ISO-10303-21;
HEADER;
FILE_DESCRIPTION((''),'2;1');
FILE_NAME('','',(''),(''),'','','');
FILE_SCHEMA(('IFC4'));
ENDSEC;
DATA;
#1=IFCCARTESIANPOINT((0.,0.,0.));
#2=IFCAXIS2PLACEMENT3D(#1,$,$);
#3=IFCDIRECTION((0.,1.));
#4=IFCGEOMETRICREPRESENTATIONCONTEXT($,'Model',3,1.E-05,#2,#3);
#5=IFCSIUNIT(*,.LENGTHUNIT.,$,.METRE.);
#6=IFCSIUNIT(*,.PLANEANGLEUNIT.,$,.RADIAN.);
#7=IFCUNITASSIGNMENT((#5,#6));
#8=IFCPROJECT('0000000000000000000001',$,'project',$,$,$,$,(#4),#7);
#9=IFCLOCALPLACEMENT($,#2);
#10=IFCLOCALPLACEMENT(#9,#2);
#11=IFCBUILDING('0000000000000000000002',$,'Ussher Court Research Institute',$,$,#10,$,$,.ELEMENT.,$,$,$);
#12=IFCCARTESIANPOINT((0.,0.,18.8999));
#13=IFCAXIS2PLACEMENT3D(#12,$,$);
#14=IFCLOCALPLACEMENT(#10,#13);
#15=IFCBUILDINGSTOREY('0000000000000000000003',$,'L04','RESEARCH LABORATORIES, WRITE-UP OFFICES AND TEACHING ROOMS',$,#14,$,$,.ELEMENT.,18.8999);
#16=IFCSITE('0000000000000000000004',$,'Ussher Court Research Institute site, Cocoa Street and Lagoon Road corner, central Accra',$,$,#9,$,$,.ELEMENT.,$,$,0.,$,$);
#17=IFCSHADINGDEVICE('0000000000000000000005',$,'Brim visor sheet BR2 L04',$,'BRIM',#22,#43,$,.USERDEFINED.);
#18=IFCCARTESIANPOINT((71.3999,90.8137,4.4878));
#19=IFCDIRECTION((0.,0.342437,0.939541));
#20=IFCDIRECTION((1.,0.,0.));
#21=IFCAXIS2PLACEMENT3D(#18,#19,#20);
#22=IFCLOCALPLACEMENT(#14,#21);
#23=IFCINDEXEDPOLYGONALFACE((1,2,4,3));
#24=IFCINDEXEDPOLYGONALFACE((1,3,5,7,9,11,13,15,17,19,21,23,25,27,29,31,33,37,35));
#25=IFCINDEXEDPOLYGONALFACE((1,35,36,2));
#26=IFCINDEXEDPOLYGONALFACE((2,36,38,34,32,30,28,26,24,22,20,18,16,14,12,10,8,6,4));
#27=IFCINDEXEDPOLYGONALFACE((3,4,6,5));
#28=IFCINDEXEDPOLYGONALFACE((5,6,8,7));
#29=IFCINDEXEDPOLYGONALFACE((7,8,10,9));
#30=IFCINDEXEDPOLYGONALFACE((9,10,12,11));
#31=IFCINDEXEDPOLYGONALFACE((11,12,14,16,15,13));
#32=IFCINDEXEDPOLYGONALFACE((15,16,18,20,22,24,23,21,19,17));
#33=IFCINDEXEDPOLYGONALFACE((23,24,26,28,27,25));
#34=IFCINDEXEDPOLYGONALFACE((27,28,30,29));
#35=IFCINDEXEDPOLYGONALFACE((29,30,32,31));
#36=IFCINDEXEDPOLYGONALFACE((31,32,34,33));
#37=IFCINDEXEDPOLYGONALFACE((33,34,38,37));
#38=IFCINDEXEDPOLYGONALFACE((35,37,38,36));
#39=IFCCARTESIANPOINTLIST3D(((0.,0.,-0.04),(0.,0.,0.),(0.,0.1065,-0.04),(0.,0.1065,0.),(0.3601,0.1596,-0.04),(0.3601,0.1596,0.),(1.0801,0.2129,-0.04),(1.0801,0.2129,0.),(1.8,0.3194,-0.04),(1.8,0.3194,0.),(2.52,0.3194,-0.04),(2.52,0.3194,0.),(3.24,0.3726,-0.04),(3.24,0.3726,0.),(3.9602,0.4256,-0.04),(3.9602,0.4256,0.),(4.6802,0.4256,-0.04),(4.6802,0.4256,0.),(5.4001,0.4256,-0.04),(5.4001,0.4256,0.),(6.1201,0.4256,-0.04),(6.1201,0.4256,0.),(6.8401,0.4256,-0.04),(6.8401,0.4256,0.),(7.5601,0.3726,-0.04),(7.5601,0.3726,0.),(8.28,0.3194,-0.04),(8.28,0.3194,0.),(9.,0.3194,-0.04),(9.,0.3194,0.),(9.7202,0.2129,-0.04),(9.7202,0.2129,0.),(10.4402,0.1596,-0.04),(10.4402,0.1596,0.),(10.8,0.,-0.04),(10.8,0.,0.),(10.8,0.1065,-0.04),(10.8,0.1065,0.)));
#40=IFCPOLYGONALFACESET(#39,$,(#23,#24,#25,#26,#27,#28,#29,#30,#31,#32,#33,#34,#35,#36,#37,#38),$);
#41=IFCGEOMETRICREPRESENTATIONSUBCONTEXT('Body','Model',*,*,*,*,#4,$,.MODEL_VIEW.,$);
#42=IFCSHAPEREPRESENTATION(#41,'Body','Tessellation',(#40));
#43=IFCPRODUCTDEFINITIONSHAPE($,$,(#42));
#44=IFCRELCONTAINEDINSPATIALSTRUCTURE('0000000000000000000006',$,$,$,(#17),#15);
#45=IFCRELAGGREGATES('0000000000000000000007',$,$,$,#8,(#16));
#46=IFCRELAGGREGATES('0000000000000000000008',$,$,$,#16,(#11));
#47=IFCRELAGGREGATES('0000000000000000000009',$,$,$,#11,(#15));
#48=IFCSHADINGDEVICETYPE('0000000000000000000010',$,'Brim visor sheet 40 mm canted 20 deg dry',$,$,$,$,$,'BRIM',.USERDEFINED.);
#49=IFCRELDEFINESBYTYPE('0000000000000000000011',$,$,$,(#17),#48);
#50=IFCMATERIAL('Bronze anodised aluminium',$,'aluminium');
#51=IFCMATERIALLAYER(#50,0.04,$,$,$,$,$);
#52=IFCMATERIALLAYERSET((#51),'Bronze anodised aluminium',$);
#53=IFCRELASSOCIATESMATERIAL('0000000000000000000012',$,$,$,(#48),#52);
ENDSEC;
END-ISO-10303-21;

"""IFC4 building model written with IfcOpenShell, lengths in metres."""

from ifc_helpers import new_model, si_unit, direction, frame, origin, place, context, subcontext, project, spatial, polyline, outline, extrude, material, layer, layer_set, type_object, element, save


model = new_model("IFC4")

# Units and contexts
model_context = context("Model", 3, precision=1e-05, world=origin(), true_north=direction((0.0, 1.0)))
body_context = subcontext(model_context, "Body", "Model", "MODEL_VIEW")
ifc_project = project(units=[si_unit("LENGTHUNIT", "METRE"), si_unit("PLANEANGLEUNIT", "RADIAN")], contexts=[model_context])

# Site, building, storey
site_placement = place(None, origin())
site = spatial("IfcSite", under=ifc_project, at=site_placement, Name="Ussher Court Research Institute site, Cocoa Street and Lagoon Road corner, central Accra", CompositionType="ELEMENT", RefElevation=0.0)
building_placement = place(site_placement, origin())
building = spatial("IfcBuilding", under=site, at=building_placement, Name="Ussher Court Research Institute", CompositionType="ELEMENT")
storey_placement = place(building_placement, frame((0.0, 0.0, 18.8999)))
storey = spatial("IfcBuildingStorey", under=building, at=storey_placement, Name="L04", Description="RESEARCH LABORATORIES, WRITE-UP OFFICES AND TEACHING ROOMS", CompositionType="ELEMENT", Elevation=18.8999)

# Shading device
ifc_material_1 = material(Name="Bronze anodised aluminium", Category="aluminium")
ifc_layer_1 = layer(ifc_material_1, 0.04)
ifc_layer_set_1 = layer_set([ifc_layer_1], Name="Bronze anodised aluminium")
shading_device_type_1 = type_object("IfcShadingDeviceType", Name="Brim visor sheet 40 mm canted 20 deg dry", ElementType="BRIM", PredefinedType="USERDEFINED", material=ifc_layer_set_1)
shading_device_placement = place(storey_placement, frame((71.3999, 90.8137, 4.4878), z_axis=(0.0, 0.342437, 0.939541), x_axis=(1.0, 0.0, 0.0)))
element("IfcShadingDevice", 1, at=shading_device_placement, inside=storey, type_object=shading_device_type_1, Name="Brim visor sheet BR2 L04", ObjectType="BRIM", PredefinedType="USERDEFINED", context=body_context, shape_type="SweptSolid", body=[
    extrude(outline(polyline([(0.0, 0.0), (10.8, 0.0), (10.8, 0.1065), (10.4402, 0.1596), (9.7202, 0.2129), (9.0, 0.3194), (8.28, 0.3194), (7.5601, 0.3726), (6.8401, 0.4256), (6.1201, 0.4256), (5.4001, 0.4256), (4.6802, 0.4256), (3.9602, 0.4256), (3.24, 0.3726), (2.52, 0.3194), (1.8, 0.3194), (1.0801, 0.2129), (0.3601, 0.1596), (0.0, 0.1065), (0.0, 0.0)])), origin(), (0.0, 0.0, -1.0), 0.04),
])

save(model, "model.ifc")
